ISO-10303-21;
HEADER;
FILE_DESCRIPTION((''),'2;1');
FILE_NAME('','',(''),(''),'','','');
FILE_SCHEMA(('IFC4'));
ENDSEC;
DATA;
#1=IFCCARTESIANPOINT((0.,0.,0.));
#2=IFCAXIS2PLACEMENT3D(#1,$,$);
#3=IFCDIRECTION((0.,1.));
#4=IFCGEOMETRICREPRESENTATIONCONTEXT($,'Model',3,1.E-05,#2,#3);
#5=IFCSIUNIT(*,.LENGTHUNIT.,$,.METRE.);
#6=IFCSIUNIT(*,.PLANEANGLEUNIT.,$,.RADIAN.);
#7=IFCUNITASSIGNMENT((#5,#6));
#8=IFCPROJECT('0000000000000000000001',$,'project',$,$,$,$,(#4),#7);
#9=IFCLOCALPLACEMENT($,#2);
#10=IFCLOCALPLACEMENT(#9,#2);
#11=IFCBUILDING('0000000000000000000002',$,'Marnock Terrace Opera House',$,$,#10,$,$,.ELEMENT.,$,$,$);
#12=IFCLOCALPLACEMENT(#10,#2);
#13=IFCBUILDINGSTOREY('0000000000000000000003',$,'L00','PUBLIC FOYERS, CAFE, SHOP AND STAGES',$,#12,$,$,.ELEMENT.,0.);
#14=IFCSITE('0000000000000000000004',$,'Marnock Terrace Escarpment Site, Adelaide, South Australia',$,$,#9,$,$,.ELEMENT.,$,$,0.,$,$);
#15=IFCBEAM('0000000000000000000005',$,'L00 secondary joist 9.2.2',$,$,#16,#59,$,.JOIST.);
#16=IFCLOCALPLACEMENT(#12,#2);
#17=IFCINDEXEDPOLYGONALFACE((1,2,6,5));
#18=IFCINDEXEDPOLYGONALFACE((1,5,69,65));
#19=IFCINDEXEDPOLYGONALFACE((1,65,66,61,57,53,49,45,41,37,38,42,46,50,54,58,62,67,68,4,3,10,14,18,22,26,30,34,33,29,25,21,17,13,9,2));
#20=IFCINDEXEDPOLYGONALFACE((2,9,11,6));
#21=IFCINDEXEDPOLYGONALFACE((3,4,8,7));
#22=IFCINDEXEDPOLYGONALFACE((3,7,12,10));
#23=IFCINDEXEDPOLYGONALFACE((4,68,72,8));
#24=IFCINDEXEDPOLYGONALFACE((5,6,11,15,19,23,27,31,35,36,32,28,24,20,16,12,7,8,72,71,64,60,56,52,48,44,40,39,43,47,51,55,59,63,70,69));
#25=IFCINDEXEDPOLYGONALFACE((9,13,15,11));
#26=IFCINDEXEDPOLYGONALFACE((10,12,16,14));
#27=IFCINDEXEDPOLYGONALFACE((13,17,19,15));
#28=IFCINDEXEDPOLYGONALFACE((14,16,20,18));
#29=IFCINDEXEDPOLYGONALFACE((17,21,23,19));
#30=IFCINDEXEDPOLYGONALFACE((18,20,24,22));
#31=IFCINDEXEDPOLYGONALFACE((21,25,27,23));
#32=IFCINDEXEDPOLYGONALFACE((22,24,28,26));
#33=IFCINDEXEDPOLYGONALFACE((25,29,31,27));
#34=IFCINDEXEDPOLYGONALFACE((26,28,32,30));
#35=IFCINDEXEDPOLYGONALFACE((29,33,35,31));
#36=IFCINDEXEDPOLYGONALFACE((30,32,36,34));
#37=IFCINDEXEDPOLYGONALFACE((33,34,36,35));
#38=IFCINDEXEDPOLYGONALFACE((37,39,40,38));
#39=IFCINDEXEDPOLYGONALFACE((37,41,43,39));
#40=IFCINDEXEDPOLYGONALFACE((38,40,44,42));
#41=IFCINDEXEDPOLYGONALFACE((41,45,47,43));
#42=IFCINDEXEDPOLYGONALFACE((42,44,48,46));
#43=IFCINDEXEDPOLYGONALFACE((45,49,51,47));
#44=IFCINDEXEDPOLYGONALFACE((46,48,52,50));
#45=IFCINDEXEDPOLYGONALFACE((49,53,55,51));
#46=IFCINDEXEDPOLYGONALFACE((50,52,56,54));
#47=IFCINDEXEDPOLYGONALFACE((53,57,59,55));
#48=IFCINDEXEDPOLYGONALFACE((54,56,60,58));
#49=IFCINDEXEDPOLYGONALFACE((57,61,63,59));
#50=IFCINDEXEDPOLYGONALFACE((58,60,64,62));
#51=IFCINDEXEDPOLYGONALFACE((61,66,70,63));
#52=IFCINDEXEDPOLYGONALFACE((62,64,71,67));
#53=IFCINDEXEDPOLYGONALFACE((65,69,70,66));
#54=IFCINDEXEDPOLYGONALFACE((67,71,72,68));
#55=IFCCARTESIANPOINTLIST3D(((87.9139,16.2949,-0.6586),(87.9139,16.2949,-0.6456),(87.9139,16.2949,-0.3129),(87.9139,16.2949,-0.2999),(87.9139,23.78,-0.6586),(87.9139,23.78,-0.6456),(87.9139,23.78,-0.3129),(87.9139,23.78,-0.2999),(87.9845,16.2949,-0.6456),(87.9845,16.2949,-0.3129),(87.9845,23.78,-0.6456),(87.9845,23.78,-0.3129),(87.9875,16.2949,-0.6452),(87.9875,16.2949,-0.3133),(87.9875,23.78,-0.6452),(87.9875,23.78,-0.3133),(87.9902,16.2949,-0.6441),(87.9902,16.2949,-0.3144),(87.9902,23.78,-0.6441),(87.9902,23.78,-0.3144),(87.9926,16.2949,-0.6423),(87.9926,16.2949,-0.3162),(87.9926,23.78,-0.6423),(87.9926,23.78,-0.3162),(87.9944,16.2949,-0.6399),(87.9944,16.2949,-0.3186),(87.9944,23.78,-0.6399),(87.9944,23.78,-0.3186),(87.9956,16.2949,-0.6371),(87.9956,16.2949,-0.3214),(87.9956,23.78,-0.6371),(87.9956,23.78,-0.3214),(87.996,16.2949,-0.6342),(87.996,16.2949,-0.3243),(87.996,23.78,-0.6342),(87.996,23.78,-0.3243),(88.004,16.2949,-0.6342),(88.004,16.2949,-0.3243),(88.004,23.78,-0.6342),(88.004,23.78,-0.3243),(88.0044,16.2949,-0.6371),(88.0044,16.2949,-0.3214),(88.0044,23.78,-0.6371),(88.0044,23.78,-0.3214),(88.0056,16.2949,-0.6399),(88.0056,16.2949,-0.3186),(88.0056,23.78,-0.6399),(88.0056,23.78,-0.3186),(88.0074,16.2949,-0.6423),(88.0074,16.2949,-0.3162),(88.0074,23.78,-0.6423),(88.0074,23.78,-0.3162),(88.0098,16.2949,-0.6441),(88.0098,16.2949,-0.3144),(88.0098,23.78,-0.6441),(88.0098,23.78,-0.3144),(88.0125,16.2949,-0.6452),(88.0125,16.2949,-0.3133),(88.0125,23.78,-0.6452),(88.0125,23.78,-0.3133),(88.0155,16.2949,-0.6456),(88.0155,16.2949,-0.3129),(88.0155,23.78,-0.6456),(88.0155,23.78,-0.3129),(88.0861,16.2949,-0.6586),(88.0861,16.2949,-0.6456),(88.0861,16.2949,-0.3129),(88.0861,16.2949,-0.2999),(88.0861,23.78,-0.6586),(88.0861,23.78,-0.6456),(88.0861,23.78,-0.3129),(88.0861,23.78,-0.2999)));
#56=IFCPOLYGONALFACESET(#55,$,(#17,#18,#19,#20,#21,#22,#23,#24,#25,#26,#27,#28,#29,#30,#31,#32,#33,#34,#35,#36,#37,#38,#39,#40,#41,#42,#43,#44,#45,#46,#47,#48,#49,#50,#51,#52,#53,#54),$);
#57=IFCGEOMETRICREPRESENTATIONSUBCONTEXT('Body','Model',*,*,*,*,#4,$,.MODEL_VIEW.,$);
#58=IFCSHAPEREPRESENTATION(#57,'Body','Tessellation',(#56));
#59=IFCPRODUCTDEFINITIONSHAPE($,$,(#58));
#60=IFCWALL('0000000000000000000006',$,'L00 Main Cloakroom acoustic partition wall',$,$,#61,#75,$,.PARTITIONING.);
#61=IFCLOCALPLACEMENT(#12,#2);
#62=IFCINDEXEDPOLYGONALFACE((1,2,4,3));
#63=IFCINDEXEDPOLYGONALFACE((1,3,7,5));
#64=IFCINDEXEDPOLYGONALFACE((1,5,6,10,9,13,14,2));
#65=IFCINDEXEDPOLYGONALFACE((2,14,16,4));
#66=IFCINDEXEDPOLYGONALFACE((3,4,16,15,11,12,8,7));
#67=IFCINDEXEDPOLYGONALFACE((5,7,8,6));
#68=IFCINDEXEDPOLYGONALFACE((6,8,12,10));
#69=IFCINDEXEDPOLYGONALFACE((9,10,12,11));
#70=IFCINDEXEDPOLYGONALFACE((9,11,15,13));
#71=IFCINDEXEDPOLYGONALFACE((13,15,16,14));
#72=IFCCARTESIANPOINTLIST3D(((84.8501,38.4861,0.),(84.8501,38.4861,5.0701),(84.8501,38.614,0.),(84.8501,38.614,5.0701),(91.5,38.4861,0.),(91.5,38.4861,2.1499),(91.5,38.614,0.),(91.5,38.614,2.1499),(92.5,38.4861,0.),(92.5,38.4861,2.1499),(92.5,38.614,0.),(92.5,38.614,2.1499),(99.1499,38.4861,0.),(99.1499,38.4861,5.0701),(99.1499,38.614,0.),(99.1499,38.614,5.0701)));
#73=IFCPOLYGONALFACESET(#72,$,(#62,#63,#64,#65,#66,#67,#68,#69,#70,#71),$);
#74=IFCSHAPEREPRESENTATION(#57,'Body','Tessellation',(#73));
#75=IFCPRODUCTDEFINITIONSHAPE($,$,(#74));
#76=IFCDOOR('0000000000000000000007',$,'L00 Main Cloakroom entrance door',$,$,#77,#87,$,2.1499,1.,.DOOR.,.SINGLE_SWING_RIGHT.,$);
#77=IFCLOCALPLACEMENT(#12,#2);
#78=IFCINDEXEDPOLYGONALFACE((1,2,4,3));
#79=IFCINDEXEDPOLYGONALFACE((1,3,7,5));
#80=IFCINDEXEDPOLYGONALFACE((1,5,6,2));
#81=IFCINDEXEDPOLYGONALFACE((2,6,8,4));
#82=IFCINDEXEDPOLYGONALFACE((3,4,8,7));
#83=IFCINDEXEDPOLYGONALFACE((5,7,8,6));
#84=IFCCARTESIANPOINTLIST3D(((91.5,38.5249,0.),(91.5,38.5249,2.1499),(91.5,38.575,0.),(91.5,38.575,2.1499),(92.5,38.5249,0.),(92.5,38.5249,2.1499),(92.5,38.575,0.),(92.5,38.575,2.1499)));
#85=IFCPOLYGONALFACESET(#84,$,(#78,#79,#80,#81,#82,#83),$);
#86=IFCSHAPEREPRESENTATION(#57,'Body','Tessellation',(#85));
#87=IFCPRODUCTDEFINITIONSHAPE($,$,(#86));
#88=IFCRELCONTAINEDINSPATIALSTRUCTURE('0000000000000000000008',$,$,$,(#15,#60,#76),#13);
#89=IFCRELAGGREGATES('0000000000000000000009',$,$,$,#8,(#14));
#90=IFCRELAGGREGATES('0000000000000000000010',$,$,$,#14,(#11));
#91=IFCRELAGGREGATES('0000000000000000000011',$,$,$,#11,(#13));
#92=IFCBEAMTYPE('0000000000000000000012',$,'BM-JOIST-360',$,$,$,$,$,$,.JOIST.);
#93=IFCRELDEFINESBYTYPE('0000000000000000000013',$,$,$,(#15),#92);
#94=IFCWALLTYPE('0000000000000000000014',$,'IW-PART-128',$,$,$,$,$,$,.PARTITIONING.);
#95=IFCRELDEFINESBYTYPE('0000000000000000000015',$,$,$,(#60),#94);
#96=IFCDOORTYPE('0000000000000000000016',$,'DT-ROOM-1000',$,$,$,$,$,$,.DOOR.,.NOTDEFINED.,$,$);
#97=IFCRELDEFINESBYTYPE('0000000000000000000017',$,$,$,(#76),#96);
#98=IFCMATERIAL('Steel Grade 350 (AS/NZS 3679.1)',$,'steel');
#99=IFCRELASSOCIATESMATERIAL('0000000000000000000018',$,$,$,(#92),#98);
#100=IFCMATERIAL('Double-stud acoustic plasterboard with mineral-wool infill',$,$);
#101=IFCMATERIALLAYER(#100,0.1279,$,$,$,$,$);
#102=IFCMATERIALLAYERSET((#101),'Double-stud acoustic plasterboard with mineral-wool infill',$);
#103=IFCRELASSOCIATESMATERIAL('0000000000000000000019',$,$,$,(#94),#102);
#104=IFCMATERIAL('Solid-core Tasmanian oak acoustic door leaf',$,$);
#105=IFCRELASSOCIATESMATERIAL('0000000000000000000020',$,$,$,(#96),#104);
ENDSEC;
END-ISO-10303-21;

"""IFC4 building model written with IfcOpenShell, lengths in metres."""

from ifc_helpers import new_model, si_unit, direction, frame, frame_2d, origin, origin_2d, place, context, subcontext, project, spatial, rectangle, i_section, extrude, material, layer, layer_set, material_profile, profile_set, type_object, element, fill, save


model = new_model("IFC4")

# Units and contexts
model_context = context("Model", 3, precision=1e-05, world=origin(), true_north=direction((0.0, 1.0)))
body_context = subcontext(model_context, "Body", "Model", "MODEL_VIEW")
ifc_project = project(units=[si_unit("LENGTHUNIT", "METRE"), si_unit("PLANEANGLEUNIT", "RADIAN")], contexts=[model_context])

# Site, building, storey
site_placement = place(None, origin())
site = spatial("IfcSite", under=ifc_project, at=site_placement, Name="Marnock Terrace Escarpment Site, Adelaide, South Australia", CompositionType="ELEMENT", RefElevation=0.0)
building_placement = place(site_placement, origin())
building = spatial("IfcBuilding", under=site, at=building_placement, Name="Marnock Terrace Opera House", CompositionType="ELEMENT")
storey_placement = place(building_placement, origin())
storey = spatial("IfcBuildingStorey", under=building, at=storey_placement, Name="L00", Description="PUBLIC FOYERS, CAFE, SHOP AND STAGES", CompositionType="ELEMENT", Elevation=0.0)

# Beam
ifc_material_1 = material(Name="Steel Grade 350 (AS/NZS 3679.1)", Category="steel")
ifc_material_profile_1 = material_profile(ifc_material_1, i_section(OverallWidth=0.1721, OverallDepth=0.3586, WebThickness=0.0081, FlangeThickness=0.0129, FilletRadius=0.0115, at=origin_2d()))
ifc_profile_set_1 = profile_set([ifc_material_profile_1], Name="Steel Grade 350 (AS/NZS 3679.1)")
beam_type_1 = type_object("IfcBeamType", Name="BM-JOIST-360", PredefinedType="JOIST", material=ifc_profile_set_1)
for number, where, z_axis, x_axis, name in (
    (1, (88.0, 16.2949, -0.4792), (0.0, 1.0, 0.0), (-1.0, 0.0, 0.0), "L00 secondary joist 9.2.2"),
):
    element("IfcBeam", number, at=place(storey_placement, frame(where, z_axis=z_axis, x_axis=x_axis)), inside=storey, type_object=beam_type_1, Name=name, PredefinedType="JOIST", context=body_context, shape_type="SweptSolid", body=[
        extrude(i_section(OverallWidth=0.1721, OverallDepth=0.3586, WebThickness=0.0081, FlangeThickness=0.0129, FilletRadius=0.0115, at=origin_2d()), origin(), (0.0, 0.0, 1.0), 7.4851),
    ])

# Wall, opening, door
ifc_material_2 = material(Name="Double-stud acoustic plasterboard with mineral-wool infill")
ifc_layer = layer(ifc_material_2, 0.1279)
ifc_layer_set = layer_set([ifc_layer], Name="Double-stud acoustic plasterboard with mineral-wool infill")
wall_type = type_object("IfcWallType", Name="IW-PART-128", PredefinedType="PARTITIONING", material=ifc_layer_set)
wall_placement = place(storey_placement, frame((84.8501, 38.55, 0.0), z_axis=(0.0, 0.0, 1.0), x_axis=(1.0, 0.0, 0.0)))
wall = element("IfcWall", 2, at=wall_placement, inside=storey, type_object=wall_type, Name="L00 Main Cloakroom acoustic partition wall", PredefinedType="PARTITIONING", context=body_context, shape_type="SweptSolid", body=[
    extrude(rectangle(XDim=14.2998, YDim=0.1279, at=frame_2d((7.1499, 0.0))), origin(), (0.0, 0.0, 1.0), 5.0701),
])
opening_placement = place(wall_placement, frame((6.6499, 0.0, 0.0)))
opening = element("IfcOpeningElement", 3, at=opening_placement, cuts=wall, PredefinedType="OPENING", context=body_context, shape_type="SweptSolid", body=[
    extrude(rectangle(XDim=1.0, YDim=2.1499, at=frame_2d((0.5, 1.075))), frame((0.0, 0.074, 0.0), z_axis=(0.0, -1.0, 0.0), x_axis=(1.0, 0.0, 0.0)), (0.0, 0.0, 1.0), 0.1479),
])
ifc_material_3 = material(Name="Solid-core Tasmanian oak acoustic door leaf")
door_type = type_object("IfcDoorType", Name="DT-ROOM-1000", OperationType="NOTDEFINED", PredefinedType="DOOR", material=ifc_material_3)
door_placement = place(opening_placement, origin())
door = element("IfcDoor", 4, at=door_placement, inside=storey, type_object=door_type, Name="L00 Main Cloakroom entrance door", OperationType="SINGLE_SWING_RIGHT", OverallHeight=2.1499, OverallWidth=1.0, PredefinedType="DOOR", context=body_context, shape_type="SweptSolid", body=[
    extrude(rectangle(XDim=1.0, YDim=2.1499, at=frame_2d((0.5, 1.075))), frame((0.0, 0.0249, 0.0), z_axis=(0.0, -1.0, 0.0), x_axis=(1.0, 0.0, 0.0)), (0.0, 0.0, 1.0), 0.05),
])
fill(opening, door)

save(model, "model.ifc")
